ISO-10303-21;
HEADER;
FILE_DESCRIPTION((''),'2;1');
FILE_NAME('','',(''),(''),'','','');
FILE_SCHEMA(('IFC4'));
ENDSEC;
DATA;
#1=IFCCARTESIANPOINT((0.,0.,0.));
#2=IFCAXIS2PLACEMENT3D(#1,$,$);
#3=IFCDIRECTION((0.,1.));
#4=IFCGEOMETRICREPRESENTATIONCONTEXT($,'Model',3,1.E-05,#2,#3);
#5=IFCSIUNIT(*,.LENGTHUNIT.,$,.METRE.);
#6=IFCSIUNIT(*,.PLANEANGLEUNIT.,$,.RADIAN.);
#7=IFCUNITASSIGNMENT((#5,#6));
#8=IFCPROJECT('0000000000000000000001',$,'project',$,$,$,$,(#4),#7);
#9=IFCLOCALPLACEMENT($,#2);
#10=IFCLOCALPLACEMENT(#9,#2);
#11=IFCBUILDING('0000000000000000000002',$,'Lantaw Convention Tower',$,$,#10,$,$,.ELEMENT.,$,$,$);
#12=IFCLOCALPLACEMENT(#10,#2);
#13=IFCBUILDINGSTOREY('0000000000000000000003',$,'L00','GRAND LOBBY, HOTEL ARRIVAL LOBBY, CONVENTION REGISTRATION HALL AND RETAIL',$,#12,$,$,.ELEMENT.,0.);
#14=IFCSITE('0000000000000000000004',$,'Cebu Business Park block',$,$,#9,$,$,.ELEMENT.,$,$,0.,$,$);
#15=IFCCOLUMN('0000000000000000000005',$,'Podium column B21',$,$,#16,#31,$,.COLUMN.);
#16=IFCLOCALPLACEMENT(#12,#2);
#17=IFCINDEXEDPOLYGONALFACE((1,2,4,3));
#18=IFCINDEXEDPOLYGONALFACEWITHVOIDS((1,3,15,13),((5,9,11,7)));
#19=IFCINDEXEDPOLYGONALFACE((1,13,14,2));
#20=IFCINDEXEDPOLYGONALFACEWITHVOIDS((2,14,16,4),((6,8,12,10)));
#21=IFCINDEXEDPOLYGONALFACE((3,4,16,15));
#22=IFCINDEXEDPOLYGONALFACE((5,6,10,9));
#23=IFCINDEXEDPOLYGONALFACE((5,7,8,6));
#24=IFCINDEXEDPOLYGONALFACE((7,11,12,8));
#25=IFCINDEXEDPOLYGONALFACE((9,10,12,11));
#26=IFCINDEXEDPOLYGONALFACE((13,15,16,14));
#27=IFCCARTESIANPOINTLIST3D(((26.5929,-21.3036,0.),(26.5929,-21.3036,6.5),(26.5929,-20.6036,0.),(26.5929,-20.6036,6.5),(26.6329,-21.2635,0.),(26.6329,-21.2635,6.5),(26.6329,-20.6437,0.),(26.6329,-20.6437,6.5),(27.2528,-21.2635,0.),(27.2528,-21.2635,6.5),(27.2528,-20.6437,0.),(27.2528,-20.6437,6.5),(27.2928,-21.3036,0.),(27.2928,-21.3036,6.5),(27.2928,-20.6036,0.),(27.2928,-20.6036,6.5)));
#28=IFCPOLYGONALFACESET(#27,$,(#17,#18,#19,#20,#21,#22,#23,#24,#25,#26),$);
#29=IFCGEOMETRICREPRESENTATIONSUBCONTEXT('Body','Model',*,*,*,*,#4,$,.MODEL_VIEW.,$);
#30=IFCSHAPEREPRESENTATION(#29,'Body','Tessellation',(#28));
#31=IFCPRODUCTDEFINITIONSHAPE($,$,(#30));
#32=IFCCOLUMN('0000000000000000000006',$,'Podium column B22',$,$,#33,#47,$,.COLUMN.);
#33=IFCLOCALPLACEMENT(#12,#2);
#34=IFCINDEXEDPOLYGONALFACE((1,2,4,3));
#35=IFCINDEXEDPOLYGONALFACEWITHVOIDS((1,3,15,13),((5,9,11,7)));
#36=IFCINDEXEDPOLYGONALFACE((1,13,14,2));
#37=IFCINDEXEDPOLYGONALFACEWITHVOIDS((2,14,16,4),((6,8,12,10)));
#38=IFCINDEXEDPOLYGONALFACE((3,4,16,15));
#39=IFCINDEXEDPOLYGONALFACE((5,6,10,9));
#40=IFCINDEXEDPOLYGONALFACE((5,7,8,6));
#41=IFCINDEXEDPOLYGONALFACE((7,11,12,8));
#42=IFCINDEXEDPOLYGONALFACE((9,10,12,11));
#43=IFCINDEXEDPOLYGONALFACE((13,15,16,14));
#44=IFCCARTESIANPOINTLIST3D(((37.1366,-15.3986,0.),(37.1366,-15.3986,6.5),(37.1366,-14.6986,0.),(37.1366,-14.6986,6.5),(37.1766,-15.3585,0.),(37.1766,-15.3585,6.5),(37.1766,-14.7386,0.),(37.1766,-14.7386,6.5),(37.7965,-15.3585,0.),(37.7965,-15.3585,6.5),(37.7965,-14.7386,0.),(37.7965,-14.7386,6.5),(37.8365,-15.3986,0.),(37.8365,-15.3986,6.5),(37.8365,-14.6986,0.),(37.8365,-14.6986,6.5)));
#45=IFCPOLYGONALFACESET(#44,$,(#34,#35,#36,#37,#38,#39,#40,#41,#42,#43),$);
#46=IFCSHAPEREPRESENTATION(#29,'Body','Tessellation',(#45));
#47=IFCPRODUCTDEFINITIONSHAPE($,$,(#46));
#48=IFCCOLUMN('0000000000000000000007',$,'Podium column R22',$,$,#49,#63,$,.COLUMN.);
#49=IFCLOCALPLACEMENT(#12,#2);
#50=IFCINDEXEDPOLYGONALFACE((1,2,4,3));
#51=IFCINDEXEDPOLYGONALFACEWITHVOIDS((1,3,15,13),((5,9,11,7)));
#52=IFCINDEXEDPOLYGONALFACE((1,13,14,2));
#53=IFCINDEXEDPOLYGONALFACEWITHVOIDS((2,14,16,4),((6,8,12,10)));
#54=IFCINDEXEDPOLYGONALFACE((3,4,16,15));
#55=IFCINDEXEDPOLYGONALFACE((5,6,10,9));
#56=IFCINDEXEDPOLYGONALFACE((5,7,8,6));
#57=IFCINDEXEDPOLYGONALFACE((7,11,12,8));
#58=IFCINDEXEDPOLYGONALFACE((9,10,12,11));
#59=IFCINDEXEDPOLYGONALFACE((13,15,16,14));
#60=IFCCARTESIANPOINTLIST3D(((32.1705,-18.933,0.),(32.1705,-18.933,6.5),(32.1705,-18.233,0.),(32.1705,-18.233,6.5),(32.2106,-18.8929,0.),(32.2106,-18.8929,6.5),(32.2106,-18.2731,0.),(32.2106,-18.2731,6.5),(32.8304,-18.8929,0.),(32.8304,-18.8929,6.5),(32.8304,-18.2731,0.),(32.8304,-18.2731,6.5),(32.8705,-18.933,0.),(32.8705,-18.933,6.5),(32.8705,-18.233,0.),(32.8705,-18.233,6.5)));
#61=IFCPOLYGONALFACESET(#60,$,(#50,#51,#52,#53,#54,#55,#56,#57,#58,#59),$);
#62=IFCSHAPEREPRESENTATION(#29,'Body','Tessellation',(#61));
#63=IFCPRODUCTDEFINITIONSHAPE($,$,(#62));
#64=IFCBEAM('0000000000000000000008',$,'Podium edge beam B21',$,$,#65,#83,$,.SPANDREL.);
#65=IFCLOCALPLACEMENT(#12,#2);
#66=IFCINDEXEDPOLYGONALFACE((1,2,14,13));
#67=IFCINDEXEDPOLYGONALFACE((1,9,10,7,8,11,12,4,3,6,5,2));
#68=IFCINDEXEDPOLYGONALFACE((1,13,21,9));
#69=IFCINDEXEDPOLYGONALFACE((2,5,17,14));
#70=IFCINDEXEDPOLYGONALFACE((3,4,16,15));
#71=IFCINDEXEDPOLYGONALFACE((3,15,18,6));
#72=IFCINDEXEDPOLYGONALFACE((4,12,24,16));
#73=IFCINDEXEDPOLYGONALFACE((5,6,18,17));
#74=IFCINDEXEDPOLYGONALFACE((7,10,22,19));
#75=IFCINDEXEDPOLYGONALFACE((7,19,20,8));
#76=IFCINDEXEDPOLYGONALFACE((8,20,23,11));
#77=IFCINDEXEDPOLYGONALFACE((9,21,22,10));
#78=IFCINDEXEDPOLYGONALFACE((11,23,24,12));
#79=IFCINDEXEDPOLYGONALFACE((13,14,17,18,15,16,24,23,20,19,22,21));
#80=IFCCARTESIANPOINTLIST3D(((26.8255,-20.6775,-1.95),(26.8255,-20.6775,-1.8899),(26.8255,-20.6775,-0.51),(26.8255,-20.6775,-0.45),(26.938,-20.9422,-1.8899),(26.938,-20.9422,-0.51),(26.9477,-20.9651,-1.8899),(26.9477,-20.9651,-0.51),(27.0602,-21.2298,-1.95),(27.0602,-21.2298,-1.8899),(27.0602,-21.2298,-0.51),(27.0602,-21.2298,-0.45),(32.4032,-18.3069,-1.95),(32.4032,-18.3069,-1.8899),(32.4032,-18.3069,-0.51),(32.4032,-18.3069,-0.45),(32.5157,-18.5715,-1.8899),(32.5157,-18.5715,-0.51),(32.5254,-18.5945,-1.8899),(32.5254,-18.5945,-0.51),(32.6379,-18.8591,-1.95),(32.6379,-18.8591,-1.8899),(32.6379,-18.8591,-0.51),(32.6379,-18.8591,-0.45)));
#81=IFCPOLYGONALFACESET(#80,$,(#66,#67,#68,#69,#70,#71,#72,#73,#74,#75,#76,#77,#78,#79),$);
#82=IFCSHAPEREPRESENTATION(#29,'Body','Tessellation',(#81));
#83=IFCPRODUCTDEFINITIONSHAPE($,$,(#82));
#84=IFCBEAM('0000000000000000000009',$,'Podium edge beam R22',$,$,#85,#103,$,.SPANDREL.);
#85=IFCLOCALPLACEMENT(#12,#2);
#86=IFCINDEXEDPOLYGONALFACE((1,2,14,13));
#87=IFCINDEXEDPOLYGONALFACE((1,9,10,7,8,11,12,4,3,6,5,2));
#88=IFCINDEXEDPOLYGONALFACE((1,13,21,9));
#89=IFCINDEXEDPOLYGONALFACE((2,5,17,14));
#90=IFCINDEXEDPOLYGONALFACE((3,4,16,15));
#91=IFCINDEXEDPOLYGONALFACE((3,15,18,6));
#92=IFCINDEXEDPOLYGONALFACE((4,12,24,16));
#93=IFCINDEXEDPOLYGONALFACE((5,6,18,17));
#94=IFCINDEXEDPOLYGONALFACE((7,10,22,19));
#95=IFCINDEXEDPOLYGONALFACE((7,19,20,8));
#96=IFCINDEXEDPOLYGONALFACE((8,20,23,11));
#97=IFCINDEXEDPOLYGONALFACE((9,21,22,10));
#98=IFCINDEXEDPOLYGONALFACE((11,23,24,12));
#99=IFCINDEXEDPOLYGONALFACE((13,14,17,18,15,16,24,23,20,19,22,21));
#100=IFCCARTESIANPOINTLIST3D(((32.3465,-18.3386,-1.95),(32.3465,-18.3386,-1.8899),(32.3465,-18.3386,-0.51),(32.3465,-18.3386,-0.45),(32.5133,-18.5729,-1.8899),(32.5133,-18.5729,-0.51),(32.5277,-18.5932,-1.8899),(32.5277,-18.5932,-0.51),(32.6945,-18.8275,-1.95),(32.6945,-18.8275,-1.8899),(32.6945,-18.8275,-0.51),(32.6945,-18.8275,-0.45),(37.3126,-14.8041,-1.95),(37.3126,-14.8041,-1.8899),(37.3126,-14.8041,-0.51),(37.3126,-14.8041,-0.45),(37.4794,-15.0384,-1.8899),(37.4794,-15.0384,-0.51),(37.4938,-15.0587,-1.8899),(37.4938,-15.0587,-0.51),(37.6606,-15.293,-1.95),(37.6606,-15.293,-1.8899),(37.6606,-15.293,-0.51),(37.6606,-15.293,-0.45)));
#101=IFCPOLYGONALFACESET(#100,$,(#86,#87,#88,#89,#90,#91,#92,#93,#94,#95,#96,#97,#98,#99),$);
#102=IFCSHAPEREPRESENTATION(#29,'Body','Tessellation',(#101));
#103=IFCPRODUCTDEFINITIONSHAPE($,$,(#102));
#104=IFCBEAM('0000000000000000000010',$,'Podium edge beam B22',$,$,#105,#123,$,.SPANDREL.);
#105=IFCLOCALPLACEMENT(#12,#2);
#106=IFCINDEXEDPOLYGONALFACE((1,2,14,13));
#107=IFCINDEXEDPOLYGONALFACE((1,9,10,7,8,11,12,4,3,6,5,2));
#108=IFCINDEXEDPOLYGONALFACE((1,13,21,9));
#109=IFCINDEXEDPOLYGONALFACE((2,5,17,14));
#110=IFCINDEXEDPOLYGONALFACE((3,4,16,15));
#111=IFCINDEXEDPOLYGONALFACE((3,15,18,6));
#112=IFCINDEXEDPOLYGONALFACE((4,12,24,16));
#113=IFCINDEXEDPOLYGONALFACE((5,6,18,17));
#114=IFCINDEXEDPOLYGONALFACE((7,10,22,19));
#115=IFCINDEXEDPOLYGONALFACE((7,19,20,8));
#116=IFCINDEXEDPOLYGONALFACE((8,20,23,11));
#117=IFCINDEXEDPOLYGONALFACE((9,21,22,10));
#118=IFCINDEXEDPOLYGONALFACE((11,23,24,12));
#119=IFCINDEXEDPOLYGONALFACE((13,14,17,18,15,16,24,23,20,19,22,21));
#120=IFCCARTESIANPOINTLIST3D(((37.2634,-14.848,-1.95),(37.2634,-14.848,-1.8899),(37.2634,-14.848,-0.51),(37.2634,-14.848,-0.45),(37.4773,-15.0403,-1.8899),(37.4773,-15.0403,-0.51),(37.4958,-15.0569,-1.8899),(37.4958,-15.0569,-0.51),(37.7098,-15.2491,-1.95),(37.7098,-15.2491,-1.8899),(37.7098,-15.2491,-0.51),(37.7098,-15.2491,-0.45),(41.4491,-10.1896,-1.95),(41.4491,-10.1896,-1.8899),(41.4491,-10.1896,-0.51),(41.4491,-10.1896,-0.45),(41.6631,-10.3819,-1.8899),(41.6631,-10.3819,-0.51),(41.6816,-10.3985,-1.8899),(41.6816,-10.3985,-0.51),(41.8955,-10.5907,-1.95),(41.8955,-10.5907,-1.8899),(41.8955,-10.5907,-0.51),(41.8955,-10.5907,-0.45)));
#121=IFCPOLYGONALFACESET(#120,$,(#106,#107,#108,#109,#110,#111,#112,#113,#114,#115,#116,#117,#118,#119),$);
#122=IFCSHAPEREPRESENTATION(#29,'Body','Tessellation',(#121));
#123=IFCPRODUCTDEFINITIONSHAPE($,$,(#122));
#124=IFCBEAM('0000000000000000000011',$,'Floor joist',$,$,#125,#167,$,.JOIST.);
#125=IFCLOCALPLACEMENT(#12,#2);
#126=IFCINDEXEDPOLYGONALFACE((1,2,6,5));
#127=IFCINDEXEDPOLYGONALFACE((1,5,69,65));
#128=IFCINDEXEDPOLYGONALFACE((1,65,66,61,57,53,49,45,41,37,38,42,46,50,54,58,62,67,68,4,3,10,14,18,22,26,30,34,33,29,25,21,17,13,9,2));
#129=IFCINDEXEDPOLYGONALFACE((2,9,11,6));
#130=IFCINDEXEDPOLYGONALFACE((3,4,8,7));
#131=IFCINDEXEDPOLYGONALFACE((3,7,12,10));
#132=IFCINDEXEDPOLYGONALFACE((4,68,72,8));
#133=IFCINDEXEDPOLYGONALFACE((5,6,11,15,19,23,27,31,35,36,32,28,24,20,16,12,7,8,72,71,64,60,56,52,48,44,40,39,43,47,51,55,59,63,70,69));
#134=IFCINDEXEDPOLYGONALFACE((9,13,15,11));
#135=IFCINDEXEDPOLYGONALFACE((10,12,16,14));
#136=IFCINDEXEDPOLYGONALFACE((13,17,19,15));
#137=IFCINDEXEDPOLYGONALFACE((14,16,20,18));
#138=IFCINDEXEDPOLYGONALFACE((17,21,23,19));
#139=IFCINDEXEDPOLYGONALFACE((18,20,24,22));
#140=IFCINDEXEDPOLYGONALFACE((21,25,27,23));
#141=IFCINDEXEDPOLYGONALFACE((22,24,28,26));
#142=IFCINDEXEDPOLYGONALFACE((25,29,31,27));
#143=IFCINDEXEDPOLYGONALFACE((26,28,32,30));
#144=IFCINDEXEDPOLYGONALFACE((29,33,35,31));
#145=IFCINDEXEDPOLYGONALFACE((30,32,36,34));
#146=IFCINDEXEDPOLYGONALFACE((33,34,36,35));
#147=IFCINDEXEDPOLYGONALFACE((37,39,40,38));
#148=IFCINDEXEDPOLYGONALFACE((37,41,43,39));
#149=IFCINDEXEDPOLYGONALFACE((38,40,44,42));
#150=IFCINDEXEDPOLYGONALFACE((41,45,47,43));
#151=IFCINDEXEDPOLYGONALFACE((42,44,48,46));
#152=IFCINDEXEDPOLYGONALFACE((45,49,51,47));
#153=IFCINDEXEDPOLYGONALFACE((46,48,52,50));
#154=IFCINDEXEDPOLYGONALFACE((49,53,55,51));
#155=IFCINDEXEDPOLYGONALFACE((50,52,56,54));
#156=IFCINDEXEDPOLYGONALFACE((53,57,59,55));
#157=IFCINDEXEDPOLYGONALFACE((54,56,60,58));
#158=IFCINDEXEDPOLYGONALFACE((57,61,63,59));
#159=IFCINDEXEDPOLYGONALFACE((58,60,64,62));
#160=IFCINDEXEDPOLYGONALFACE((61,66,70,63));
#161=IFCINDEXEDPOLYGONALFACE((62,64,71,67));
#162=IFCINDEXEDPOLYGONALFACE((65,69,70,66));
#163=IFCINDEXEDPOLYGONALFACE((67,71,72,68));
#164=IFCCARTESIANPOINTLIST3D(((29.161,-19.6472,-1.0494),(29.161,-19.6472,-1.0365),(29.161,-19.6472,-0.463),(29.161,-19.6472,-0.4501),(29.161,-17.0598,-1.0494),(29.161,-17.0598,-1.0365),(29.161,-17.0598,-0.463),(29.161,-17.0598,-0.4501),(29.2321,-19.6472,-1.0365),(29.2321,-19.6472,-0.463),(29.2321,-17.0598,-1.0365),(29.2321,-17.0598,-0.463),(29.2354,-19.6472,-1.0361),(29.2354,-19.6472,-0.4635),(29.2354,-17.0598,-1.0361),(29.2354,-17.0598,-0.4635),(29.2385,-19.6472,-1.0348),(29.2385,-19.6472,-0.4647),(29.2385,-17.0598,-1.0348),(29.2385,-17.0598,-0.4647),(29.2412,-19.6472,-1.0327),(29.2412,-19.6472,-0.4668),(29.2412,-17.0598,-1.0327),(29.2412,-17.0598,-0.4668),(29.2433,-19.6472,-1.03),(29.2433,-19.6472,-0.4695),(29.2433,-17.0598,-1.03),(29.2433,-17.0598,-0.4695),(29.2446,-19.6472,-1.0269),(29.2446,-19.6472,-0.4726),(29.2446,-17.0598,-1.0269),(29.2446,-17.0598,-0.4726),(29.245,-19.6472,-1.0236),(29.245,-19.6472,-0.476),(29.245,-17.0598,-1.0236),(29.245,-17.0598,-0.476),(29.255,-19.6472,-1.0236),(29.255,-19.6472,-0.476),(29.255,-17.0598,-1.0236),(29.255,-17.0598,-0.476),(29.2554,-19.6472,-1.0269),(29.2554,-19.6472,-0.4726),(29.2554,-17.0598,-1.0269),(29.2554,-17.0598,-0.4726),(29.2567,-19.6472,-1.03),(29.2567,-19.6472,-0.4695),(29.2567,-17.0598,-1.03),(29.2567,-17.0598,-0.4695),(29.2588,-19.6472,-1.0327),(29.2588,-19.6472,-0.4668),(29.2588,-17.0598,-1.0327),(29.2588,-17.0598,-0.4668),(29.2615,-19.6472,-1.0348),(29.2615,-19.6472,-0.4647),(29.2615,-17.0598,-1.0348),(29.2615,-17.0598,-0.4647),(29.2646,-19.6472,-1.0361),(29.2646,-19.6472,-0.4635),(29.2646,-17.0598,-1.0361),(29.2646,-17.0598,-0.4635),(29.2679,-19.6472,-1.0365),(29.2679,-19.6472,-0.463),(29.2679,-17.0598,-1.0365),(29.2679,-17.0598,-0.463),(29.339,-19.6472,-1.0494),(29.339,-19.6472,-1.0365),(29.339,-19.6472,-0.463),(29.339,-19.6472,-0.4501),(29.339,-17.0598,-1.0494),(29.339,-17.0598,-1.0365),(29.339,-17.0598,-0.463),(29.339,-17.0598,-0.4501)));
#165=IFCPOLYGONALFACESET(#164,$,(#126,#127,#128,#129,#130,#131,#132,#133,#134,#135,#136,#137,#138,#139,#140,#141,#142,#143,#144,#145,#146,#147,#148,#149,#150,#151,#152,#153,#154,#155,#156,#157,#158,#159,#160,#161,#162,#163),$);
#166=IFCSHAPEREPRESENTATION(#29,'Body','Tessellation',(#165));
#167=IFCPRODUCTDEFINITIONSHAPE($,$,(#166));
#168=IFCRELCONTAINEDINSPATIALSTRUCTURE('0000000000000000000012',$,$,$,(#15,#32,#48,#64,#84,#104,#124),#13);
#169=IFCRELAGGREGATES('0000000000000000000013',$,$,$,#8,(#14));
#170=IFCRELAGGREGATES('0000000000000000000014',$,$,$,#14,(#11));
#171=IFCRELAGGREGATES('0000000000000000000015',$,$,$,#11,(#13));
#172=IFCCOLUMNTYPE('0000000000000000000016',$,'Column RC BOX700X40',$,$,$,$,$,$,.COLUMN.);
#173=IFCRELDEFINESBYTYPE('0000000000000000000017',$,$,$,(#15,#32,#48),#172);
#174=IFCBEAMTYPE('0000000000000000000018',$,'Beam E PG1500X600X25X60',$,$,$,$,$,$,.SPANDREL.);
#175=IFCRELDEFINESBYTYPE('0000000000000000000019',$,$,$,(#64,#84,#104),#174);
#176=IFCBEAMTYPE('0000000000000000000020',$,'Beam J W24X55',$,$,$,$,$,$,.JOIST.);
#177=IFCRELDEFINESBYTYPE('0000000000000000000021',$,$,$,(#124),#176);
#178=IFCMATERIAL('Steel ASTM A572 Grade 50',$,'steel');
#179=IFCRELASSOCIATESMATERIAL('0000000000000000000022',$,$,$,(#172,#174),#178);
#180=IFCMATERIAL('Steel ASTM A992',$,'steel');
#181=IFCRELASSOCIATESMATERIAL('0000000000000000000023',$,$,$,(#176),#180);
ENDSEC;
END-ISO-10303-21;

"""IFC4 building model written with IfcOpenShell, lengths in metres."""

from ifc_helpers import new_model, si_unit, direction, frame, origin, origin_2d, place, context, subcontext, project, spatial, hollow_rectangle, i_section, extrude, material, material_profile, profile_set, type_object, element, save


model = new_model("IFC4")

# Units and contexts
model_context = context("Model", 3, precision=1e-05, world=origin(), true_north=direction((0.0, 1.0)))
body_context = subcontext(model_context, "Body", "Model", "MODEL_VIEW")
ifc_project = project(units=[si_unit("LENGTHUNIT", "METRE"), si_unit("PLANEANGLEUNIT", "RADIAN")], contexts=[model_context])

# Site, building, storey
site_placement = place(None, origin())
site = spatial("IfcSite", under=ifc_project, at=site_placement, Name="Cebu Business Park block", CompositionType="ELEMENT", RefElevation=0.0)
building_placement = place(site_placement, origin())
building = spatial("IfcBuilding", under=site, at=building_placement, Name="Lantaw Convention Tower", CompositionType="ELEMENT")
storey_placement = place(building_placement, origin())
storey = spatial("IfcBuildingStorey", under=building, at=storey_placement, Name="L00", Description="GRAND LOBBY, HOTEL ARRIVAL LOBBY, CONVENTION REGISTRATION HALL AND RETAIL", CompositionType="ELEMENT", Elevation=0.0)

# Columns
ifc_material_1 = material(Name="Steel ASTM A572 Grade 50", Category="steel")
ifc_material_profile_1 = material_profile(ifc_material_1, hollow_rectangle(XDim=0.7, YDim=0.7, WallThickness=0.04, at=origin_2d()), Name="BOX700X40")
ifc_profile_set_1 = profile_set([ifc_material_profile_1], Name="Steel ASTM A572 Grade 50")
column_type = type_object("IfcColumnType", Name="Column RC BOX700X40", PredefinedType="COLUMN", material=ifc_profile_set_1)
for number, where, z_axis, x_axis, name in (
    (1, (26.9429, -20.9536, 0.0), (0.0, 0.0, 1.0), (1.0, 0.0, 0.0), "Podium column B21"),
    (2, (37.4866, -15.0486, 0.0), (0.0, 0.0, 1.0), (1.0, 0.0, 0.0), "Podium column B22"),
    (3, (32.5205, -18.583, 0.0), (0.0, 0.0, 1.0), (1.0, 0.0, 0.0), "Podium column R22"),
):
    element("IfcColumn", number, at=place(storey_placement, frame(where, z_axis=z_axis, x_axis=x_axis)), inside=storey, type_object=column_type, Name=name, PredefinedType="COLUMN", context=body_context, shape_type="SweptSolid", body=[
        extrude(hollow_rectangle(XDim=0.7, YDim=0.7, WallThickness=0.04, at=origin_2d()), origin(), (0.0, 0.0, 1.0), 6.5),
    ])

# Beams
ifc_material_profile_2 = material_profile(ifc_material_1, i_section(OverallWidth=0.6001, OverallDepth=1.5, WebThickness=0.0249, FlangeThickness=0.0601, at=origin_2d()), Name="PG1500X600X25X60")
ifc_profile_set_2 = profile_set([ifc_material_profile_2], Name="Steel ASTM A572 Grade 50")
beam_type_1 = type_object("IfcBeamType", Name="Beam E PG1500X600X25X60", PredefinedType="SPANDREL", material=ifc_profile_set_2)
beam_1_placement = place(storey_placement, frame((26.9429, -20.9536, -1.2), z_axis=(0.920324, 0.391156, 0.0), x_axis=(-0.391156, 0.920324, 0.0)))
element("IfcBeam", 4, at=beam_1_placement, inside=storey, type_object=beam_type_1, Name="Podium edge beam B21", PredefinedType="SPANDREL", context=body_context, shape_type="SweptSolid", body=[
    extrude(i_section(OverallWidth=0.6001, OverallDepth=1.5, WebThickness=0.0249, FlangeThickness=0.0601, at=origin_2d()), origin(), (0.0, 0.0, 1.0), 6.0605),
])
beam_2_placement = place(storey_placement, frame((32.5205, -18.583, -1.2), z_axis=(0.814723, 0.579851, 0.0), x_axis=(-0.579851, 0.814723, 0.0)))
element("IfcBeam", 5, at=beam_2_placement, inside=storey, type_object=beam_type_1, Name="Podium edge beam R22", PredefinedType="SPANDREL", context=body_context, shape_type="SweptSolid", body=[
    extrude(i_section(OverallWidth=0.6001, OverallDepth=1.5, WebThickness=0.0249, FlangeThickness=0.0601, at=origin_2d()), origin(), (0.0, 0.0, 1.0), 6.0955),
])
beam_3_placement = place(storey_placement, frame((37.4866, -15.0486, -1.2), z_axis=(0.668364, 0.743835, 0.0), x_axis=(-0.743835, 0.668364, 0.0)))
element("IfcBeam", 6, at=beam_3_placement, inside=storey, type_object=beam_type_1, Name="Podium edge beam B22", PredefinedType="SPANDREL", context=body_context, shape_type="SweptSolid", body=[
    extrude(i_section(OverallWidth=0.6001, OverallDepth=1.5, WebThickness=0.0249, FlangeThickness=0.0601, at=origin_2d()), origin(), (0.0, 0.0, 1.0), 6.2627),
])
ifc_material_2 = material(Name="Steel ASTM A992", Category="steel")
ifc_material_profile_3 = material_profile(ifc_material_2, i_section(OverallWidth=0.178, OverallDepth=0.5994, WebThickness=0.01, FlangeThickness=0.0129, FilletRadius=0.0129, at=origin_2d()), Name="W24X55")
ifc_profile_set_3 = profile_set([ifc_material_profile_3], Name="Steel ASTM A992")
beam_type_2 = type_object("IfcBeamType", Name="Beam J W24X55", PredefinedType="JOIST", material=ifc_profile_set_3)
beam_4_placement = place(storey_placement, frame((29.25, -19.6472, -0.7498), z_axis=(0.0, 1.0, 0.0), x_axis=(-1.0, 0.0, 0.0)))
element("IfcBeam", 7, at=beam_4_placement, inside=storey, type_object=beam_type_2, Name="Floor joist", PredefinedType="JOIST", context=body_context, shape_type="SweptSolid", body=[
    extrude(i_section(OverallWidth=0.178, OverallDepth=0.5994, WebThickness=0.01, FlangeThickness=0.0129, FilletRadius=0.0129, at=origin_2d()), origin(), (0.0, 0.0, 1.0), 2.5874),
])

save(model, "model.ifc")
